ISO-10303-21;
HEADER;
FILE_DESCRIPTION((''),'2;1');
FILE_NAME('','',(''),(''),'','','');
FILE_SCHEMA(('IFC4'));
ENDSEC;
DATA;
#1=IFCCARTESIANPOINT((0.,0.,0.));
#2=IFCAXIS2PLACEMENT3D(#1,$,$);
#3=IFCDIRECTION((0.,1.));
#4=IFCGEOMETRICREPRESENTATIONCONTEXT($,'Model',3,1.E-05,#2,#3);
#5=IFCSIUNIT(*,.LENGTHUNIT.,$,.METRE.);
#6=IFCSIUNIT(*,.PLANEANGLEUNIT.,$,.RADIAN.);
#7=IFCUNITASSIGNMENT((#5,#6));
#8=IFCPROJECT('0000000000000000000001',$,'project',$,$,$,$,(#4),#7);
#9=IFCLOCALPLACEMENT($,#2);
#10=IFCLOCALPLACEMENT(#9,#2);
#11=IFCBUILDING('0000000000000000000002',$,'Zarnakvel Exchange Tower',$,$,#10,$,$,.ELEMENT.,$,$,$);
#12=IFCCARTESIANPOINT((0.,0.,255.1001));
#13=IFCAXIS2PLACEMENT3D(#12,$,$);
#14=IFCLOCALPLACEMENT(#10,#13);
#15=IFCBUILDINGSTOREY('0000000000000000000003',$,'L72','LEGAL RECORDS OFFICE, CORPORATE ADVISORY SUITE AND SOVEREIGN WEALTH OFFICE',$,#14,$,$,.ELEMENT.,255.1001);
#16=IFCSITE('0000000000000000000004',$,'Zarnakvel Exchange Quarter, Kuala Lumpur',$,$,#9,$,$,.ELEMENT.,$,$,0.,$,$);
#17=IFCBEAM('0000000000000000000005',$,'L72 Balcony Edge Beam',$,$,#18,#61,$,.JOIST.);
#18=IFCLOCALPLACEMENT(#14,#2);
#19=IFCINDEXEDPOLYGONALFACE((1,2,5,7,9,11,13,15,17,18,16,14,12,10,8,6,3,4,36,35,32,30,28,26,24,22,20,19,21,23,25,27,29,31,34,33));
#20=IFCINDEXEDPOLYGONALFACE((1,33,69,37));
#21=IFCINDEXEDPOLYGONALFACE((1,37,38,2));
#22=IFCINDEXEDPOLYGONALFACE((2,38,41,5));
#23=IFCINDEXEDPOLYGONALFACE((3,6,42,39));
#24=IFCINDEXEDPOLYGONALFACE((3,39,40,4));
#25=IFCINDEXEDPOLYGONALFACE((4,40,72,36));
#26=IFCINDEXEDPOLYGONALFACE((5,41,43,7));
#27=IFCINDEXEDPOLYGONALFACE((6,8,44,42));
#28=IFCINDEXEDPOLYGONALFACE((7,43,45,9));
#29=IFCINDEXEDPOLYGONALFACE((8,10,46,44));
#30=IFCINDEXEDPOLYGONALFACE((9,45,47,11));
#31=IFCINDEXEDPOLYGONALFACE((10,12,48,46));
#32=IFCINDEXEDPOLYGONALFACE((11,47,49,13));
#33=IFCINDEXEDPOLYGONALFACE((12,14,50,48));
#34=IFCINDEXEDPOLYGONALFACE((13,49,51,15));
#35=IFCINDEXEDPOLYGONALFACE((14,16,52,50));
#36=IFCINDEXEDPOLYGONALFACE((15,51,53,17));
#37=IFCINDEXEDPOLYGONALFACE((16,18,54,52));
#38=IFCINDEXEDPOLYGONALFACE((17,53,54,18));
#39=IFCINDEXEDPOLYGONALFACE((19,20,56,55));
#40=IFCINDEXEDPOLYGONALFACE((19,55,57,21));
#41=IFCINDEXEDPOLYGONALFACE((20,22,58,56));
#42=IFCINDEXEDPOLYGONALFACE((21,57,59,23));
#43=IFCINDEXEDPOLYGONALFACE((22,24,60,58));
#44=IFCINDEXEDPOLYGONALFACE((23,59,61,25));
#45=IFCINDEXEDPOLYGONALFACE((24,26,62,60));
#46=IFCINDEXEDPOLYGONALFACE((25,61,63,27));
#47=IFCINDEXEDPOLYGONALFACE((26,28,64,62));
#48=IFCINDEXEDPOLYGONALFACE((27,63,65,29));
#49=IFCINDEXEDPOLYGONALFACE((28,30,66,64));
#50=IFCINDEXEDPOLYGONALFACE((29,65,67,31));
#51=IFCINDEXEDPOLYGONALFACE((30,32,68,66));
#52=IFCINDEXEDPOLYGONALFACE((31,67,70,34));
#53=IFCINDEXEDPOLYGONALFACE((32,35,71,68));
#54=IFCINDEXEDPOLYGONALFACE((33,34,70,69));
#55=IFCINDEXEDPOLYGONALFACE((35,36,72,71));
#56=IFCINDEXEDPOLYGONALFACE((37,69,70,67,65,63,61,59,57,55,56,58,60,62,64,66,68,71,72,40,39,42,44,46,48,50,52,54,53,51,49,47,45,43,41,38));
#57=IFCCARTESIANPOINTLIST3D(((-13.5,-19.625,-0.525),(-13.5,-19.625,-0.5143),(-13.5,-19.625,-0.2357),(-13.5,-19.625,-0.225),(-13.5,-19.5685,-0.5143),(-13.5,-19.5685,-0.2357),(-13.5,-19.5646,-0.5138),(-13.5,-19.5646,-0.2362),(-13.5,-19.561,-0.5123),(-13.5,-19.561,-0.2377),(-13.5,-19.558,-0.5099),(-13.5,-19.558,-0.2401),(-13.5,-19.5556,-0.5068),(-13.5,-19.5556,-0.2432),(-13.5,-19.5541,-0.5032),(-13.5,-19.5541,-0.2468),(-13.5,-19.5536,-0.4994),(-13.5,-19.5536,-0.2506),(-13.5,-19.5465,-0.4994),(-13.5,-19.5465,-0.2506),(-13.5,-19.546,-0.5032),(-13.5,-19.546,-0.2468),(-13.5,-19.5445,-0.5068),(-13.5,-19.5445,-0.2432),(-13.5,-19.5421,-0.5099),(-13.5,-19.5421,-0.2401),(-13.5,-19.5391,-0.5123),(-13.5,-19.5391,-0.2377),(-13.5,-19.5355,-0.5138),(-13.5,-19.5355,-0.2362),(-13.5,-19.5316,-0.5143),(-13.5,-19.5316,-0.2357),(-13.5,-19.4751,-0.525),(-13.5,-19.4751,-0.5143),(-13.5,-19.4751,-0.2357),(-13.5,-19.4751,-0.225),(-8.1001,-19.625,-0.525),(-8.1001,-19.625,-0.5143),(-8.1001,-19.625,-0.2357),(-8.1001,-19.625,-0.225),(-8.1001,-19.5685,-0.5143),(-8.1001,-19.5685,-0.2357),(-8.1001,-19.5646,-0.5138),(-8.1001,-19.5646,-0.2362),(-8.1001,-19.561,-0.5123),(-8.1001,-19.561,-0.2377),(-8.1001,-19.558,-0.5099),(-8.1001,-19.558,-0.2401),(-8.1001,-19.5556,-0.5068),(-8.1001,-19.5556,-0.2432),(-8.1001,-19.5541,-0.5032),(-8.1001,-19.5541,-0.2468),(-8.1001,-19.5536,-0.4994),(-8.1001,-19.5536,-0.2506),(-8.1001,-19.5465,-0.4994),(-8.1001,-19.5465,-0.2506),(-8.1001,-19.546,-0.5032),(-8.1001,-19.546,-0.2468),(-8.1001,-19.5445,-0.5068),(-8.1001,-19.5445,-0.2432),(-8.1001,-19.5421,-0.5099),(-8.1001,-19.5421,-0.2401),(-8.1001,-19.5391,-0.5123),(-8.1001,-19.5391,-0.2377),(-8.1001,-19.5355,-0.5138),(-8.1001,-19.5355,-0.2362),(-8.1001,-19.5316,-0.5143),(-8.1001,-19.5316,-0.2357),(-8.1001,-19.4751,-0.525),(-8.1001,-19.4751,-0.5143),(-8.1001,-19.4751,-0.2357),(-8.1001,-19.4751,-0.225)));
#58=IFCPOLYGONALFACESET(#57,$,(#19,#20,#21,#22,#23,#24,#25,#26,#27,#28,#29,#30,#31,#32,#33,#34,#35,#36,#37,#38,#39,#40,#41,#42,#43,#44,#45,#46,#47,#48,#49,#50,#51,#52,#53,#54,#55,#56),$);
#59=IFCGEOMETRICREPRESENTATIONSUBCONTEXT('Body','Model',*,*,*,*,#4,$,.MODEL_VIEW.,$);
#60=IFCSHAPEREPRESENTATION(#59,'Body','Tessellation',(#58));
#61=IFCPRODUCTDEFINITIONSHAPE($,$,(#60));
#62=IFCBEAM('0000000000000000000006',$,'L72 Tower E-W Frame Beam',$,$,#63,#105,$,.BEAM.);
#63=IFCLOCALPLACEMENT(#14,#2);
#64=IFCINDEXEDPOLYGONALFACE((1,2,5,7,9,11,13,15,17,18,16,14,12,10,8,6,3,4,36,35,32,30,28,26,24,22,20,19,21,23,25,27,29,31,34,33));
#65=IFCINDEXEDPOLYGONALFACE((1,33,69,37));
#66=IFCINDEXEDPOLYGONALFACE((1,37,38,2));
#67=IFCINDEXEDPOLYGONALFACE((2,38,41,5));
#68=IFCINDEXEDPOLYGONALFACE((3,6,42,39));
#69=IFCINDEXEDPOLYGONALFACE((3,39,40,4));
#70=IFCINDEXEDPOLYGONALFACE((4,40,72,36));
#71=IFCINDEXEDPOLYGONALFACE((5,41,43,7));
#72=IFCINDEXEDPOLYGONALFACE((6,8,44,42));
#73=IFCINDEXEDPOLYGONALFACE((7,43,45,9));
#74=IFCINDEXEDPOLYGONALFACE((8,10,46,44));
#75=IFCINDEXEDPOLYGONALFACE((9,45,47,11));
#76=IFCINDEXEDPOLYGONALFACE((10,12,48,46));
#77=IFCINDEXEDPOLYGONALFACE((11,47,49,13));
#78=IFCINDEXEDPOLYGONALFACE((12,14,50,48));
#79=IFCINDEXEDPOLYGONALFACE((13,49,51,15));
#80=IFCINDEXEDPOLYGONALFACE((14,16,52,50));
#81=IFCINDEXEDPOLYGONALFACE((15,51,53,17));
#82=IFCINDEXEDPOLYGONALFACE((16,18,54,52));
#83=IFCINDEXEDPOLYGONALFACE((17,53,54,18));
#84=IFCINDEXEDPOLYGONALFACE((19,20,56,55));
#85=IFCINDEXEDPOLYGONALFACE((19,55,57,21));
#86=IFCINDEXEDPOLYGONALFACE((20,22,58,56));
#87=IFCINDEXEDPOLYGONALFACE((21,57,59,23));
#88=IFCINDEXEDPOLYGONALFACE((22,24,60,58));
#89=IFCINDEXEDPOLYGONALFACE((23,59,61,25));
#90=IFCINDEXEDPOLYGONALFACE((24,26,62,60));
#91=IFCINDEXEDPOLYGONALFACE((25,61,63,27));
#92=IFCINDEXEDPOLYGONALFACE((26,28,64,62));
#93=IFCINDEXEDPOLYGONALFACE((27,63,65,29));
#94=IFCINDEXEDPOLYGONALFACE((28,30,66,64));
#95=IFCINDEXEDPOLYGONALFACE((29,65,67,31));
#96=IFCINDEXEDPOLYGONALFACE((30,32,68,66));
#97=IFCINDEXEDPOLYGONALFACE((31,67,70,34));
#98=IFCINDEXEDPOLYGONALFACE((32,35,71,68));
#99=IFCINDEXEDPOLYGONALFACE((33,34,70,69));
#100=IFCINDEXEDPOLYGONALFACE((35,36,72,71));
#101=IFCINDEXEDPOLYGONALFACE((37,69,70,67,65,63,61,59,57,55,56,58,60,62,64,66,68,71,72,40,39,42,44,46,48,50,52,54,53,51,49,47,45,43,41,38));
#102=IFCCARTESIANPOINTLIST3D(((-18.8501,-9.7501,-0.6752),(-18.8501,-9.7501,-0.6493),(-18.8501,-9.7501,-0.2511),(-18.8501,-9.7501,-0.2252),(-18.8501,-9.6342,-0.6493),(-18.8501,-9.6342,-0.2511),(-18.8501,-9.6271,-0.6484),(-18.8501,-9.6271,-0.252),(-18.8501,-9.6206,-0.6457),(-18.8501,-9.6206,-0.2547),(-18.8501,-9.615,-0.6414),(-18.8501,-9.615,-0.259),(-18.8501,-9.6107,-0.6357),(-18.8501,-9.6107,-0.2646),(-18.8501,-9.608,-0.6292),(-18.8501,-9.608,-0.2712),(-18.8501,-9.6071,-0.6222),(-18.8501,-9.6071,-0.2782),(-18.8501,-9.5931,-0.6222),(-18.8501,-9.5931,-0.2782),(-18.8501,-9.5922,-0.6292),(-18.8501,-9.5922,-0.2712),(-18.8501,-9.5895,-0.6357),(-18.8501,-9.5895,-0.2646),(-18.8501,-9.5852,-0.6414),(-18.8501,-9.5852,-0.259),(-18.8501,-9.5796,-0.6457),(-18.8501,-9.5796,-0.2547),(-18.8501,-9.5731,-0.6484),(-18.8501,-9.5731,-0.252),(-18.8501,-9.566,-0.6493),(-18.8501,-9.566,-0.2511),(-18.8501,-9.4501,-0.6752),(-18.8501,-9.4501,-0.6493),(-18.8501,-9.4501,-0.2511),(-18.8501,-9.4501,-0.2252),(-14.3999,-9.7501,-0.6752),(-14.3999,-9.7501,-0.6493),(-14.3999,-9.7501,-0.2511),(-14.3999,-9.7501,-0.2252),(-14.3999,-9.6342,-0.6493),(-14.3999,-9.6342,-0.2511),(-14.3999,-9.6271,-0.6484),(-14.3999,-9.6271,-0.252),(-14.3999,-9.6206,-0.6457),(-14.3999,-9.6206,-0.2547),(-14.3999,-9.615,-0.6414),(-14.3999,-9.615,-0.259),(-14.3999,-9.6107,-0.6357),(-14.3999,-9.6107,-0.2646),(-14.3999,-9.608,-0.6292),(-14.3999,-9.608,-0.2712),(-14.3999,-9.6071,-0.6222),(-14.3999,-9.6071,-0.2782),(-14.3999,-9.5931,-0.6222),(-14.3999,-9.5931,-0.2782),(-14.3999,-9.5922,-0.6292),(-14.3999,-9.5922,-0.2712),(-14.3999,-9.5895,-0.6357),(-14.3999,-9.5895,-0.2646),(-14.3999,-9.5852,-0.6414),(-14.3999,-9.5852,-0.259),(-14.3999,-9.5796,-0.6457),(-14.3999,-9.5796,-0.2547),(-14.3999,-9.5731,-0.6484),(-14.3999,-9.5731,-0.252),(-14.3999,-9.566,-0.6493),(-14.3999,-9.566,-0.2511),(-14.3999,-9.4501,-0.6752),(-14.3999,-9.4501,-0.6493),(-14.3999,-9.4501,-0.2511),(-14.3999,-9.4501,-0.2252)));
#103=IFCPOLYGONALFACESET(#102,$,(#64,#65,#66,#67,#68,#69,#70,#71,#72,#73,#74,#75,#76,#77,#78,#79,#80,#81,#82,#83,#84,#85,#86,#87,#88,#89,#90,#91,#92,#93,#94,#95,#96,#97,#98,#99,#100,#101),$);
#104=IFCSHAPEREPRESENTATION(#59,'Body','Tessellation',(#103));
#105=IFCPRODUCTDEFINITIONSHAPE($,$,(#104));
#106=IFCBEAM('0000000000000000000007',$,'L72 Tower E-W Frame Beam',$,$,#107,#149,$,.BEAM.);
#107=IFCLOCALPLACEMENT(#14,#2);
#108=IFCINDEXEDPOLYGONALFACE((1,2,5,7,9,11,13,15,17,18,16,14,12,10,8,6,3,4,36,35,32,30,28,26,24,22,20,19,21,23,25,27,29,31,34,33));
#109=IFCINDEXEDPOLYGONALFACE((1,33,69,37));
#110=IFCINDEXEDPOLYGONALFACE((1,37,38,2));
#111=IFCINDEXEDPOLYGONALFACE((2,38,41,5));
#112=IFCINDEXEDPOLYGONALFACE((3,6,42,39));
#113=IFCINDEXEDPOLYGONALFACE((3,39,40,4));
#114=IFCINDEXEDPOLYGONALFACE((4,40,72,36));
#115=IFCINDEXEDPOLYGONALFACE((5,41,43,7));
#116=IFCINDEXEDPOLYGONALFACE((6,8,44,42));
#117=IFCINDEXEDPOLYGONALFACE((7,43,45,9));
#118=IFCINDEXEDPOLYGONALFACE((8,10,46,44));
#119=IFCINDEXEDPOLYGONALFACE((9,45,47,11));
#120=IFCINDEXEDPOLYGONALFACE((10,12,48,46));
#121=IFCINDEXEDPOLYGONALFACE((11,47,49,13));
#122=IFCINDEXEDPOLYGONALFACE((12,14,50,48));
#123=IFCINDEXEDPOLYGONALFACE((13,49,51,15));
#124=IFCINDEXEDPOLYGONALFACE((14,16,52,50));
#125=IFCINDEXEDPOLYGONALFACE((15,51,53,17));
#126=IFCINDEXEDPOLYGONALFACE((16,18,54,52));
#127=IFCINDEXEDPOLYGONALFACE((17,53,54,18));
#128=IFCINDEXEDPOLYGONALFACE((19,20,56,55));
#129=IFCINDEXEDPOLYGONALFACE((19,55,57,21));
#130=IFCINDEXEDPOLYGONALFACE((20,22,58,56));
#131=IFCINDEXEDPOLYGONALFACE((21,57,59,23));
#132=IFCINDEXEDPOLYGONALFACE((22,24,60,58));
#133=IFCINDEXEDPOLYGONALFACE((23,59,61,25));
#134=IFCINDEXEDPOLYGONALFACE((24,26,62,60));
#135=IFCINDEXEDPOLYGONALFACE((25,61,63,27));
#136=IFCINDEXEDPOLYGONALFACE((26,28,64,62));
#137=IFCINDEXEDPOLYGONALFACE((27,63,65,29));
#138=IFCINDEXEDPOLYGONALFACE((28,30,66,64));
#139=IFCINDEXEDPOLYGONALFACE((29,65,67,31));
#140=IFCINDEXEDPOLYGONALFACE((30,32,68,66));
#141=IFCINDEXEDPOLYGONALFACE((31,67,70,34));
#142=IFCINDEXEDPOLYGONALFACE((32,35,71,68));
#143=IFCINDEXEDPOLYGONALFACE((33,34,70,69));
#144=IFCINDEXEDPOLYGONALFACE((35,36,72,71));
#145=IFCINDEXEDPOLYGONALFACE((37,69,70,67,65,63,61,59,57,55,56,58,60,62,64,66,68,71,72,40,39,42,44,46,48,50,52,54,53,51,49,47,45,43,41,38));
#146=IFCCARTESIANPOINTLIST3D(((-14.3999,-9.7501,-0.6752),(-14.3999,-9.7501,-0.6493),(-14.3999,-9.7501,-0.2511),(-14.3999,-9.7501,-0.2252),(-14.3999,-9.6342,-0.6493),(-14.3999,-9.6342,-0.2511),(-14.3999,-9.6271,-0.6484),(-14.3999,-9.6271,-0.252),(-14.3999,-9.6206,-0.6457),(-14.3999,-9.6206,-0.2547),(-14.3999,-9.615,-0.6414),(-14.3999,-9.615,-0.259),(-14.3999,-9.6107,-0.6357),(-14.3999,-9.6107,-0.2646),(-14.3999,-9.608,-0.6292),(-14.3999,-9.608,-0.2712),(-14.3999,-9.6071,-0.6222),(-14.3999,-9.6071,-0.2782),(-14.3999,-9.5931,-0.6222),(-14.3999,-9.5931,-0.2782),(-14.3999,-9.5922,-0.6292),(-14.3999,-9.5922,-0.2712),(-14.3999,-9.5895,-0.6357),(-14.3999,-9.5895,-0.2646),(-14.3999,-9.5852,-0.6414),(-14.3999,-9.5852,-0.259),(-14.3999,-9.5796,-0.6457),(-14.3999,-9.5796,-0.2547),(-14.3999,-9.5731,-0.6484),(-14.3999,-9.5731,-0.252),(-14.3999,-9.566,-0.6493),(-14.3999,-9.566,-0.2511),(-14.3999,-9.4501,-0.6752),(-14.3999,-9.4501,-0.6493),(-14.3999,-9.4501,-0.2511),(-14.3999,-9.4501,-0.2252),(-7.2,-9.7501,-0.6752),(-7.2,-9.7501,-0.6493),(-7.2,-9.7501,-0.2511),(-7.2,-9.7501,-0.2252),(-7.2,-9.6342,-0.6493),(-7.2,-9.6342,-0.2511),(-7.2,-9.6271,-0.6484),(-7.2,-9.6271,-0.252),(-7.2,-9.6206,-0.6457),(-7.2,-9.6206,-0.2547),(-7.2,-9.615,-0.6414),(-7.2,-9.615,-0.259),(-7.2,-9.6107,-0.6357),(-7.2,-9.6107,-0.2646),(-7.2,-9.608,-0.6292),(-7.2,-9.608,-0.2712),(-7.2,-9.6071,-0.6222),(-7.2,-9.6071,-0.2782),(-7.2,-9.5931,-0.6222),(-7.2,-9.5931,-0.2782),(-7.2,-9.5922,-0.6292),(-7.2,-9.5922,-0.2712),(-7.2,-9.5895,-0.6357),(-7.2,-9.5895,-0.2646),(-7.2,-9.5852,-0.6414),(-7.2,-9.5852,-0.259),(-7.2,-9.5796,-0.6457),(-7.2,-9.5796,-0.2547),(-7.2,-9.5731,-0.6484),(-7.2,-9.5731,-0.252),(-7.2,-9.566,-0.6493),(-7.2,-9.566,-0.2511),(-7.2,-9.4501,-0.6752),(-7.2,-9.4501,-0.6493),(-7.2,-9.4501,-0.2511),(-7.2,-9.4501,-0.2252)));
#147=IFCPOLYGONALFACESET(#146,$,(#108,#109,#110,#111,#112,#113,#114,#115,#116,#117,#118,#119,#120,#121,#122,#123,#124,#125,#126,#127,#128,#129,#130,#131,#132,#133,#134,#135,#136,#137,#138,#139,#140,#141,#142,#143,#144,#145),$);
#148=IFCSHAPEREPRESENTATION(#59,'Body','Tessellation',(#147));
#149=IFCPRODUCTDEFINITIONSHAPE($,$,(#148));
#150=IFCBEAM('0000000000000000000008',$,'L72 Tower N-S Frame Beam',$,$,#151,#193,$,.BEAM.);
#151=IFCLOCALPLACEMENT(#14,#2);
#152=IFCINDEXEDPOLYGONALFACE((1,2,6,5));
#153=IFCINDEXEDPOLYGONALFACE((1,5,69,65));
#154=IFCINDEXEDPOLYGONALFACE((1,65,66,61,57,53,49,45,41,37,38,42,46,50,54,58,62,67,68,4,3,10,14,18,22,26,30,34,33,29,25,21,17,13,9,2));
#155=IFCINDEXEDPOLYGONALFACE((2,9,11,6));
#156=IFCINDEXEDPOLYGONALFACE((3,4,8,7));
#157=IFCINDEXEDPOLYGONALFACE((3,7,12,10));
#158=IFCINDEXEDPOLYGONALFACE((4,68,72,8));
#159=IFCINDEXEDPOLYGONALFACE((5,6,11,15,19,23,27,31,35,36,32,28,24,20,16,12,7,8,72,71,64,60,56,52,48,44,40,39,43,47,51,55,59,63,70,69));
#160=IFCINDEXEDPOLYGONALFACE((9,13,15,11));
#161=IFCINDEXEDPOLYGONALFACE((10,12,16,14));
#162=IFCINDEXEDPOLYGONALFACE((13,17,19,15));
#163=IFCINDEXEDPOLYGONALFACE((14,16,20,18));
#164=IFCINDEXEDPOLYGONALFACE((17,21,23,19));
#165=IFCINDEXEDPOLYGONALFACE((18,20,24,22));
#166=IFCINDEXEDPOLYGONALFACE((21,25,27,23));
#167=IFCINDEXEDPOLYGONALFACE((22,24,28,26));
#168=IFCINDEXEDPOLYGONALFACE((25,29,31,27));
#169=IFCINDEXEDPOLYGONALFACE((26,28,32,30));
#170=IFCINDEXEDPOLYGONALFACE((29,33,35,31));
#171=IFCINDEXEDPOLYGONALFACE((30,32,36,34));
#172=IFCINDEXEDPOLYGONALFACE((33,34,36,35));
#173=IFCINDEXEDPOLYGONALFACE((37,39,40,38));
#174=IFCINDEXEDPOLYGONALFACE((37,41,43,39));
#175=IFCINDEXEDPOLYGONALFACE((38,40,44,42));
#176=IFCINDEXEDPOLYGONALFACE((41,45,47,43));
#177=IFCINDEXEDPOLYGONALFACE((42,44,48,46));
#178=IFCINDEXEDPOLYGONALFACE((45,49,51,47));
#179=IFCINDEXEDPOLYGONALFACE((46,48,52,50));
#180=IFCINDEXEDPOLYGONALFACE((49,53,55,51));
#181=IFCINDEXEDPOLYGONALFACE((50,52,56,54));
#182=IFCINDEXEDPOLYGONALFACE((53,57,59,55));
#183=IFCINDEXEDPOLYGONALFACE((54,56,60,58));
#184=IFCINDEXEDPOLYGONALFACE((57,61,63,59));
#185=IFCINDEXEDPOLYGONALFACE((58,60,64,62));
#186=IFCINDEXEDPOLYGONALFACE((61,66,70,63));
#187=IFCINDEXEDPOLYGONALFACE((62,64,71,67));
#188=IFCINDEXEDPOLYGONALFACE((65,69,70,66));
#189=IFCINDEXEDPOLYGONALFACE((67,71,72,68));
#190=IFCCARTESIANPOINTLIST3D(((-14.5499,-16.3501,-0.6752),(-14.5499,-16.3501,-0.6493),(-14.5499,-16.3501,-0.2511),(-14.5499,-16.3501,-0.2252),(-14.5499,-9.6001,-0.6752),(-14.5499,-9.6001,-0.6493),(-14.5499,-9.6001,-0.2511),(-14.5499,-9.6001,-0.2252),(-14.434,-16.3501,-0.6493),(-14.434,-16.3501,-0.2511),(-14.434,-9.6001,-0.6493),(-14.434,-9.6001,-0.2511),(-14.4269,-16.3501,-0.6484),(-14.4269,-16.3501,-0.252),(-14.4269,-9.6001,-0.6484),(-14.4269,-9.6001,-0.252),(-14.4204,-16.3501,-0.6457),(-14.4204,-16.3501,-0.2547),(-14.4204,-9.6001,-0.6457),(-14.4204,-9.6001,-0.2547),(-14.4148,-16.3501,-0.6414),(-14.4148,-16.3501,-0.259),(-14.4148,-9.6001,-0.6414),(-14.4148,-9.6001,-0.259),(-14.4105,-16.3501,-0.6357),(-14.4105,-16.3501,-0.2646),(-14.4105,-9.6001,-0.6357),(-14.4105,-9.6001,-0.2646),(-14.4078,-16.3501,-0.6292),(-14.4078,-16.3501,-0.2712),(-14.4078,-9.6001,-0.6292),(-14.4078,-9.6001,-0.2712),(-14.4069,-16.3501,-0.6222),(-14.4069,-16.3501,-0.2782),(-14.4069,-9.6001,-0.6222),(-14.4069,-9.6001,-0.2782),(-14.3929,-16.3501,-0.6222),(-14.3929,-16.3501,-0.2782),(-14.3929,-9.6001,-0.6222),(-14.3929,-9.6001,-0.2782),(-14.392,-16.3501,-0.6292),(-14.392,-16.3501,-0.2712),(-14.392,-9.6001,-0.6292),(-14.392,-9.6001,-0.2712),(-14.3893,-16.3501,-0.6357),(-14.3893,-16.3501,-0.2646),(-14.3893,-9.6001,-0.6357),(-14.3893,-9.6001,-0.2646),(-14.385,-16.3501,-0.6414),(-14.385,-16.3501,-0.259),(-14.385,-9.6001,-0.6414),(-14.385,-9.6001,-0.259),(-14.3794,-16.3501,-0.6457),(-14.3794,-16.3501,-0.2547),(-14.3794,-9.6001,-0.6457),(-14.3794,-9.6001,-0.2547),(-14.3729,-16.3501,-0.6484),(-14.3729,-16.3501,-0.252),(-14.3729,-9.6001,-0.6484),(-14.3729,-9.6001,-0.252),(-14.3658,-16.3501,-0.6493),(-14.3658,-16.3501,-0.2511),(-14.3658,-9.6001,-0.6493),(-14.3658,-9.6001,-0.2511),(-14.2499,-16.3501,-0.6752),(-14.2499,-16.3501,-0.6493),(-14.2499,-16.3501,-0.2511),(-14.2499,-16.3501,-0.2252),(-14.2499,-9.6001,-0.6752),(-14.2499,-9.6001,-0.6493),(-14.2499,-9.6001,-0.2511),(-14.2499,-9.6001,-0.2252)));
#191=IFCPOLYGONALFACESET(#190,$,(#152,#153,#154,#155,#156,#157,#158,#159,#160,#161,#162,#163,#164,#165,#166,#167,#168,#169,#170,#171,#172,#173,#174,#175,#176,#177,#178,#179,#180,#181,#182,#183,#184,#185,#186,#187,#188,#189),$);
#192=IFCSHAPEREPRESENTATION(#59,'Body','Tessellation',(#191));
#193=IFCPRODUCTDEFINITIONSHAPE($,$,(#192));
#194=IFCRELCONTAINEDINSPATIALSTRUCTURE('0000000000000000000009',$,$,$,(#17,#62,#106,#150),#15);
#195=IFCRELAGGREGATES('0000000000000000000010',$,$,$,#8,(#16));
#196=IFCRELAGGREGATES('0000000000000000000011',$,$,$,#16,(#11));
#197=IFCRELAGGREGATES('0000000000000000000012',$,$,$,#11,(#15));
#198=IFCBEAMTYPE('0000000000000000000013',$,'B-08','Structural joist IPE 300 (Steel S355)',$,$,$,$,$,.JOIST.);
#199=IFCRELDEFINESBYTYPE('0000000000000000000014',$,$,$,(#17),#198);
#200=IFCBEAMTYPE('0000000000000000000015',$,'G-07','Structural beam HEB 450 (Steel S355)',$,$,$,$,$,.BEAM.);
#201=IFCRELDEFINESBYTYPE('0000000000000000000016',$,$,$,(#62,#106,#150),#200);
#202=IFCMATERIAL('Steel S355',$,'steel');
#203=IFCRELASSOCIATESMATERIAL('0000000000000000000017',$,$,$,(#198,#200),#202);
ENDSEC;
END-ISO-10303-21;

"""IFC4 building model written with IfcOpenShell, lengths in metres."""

from ifc_helpers import new_model, si_unit, direction, frame, origin, origin_2d, place, context, subcontext, project, spatial, i_section, extrude, material, material_profile, profile_set, type_object, element, save


model = new_model("IFC4")

# Units and contexts
model_context = context("Model", 3, precision=1e-05, world=origin(), true_north=direction((0.0, 1.0)))
body_context = subcontext(model_context, "Body", "Model", "MODEL_VIEW")
ifc_project = project(units=[si_unit("LENGTHUNIT", "METRE"), si_unit("PLANEANGLEUNIT", "RADIAN")], contexts=[model_context])

# Site, building, storey
site_placement = place(None, origin())
site = spatial("IfcSite", under=ifc_project, at=site_placement, Name="Zarnakvel Exchange Quarter, Kuala Lumpur", CompositionType="ELEMENT", RefElevation=0.0)
building_placement = place(site_placement, origin())
building = spatial("IfcBuilding", under=site, at=building_placement, Name="Zarnakvel Exchange Tower", CompositionType="ELEMENT")
storey_placement = place(building_placement, frame((0.0, 0.0, 255.1001)))
storey = spatial("IfcBuildingStorey", under=building, at=storey_placement, Name="L72", Description="LEGAL RECORDS OFFICE, CORPORATE ADVISORY SUITE AND SOVEREIGN WEALTH OFFICE", CompositionType="ELEMENT", Elevation=255.1001)

# Shared definitions
ifc_material_1 = material(Name="Steel S355", Category="steel")

# Beams
ifc_material_profile_1 = material_profile(ifc_material_1, i_section(OverallWidth=0.1499, OverallDepth=0.3, WebThickness=0.0071, FlangeThickness=0.0107, FilletRadius=0.0149, at=origin_2d()))
ifc_profile_set_1 = profile_set([ifc_material_profile_1], Name="Steel S355")
beam_type_1 = type_object("IfcBeamType", Name="B-08", Description="Structural joist IPE 300 (Steel S355)", PredefinedType="JOIST", material=ifc_profile_set_1)
beam_1_placement = place(storey_placement, frame((-13.5, -19.55, -0.375), z_axis=(1.0, 0.0, 0.0), x_axis=(0.0, 1.0, 0.0)))
element("IfcBeam", 1, at=beam_1_placement, inside=storey, type_object=beam_type_1, Name="L72 Balcony Edge Beam", PredefinedType="JOIST", context=body_context, shape_type="SweptSolid", body=[
    extrude(i_section(OverallWidth=0.1499, OverallDepth=0.3, WebThickness=0.0071, FlangeThickness=0.0107, FilletRadius=0.0149, at=origin_2d()), origin(), (0.0, 0.0, 1.0), 5.3999),
])
ifc_material_profile_2 = material_profile(ifc_material_1, i_section(OverallWidth=0.3, OverallDepth=0.45, WebThickness=0.0139, FlangeThickness=0.0259, FilletRadius=0.0271, at=origin_2d()))
ifc_profile_set_2 = profile_set([ifc_material_profile_2], Name="Steel S355")
beam_type_2 = type_object("IfcBeamType", Name="G-07", Description="Structural beam HEB 450 (Steel S355)", PredefinedType="BEAM", material=ifc_profile_set_2)
beam_2_placement = place(storey_placement, frame((-18.8501, -9.6001, -0.4502), z_axis=(1.0, 0.0, 0.0), x_axis=(0.0, 1.0, 0.0)))
element("IfcBeam", 2, at=beam_2_placement, inside=storey, type_object=beam_type_2, Name="L72 Tower E-W Frame Beam", PredefinedType="BEAM", context=body_context, shape_type="SweptSolid", body=[
    extrude(i_section(OverallWidth=0.3, OverallDepth=0.45, WebThickness=0.0139, FlangeThickness=0.0259, FilletRadius=0.0271, at=origin_2d()), origin(), (0.0, 0.0, 1.0), 4.4502),
])
beam_3_placement = place(storey_placement, frame((-14.3999, -9.6001, -0.4502), z_axis=(1.0, 0.0, 0.0), x_axis=(0.0, 1.0, 0.0)))
element("IfcBeam", 3, at=beam_3_placement, inside=storey, type_object=beam_type_2, Name="L72 Tower E-W Frame Beam", PredefinedType="BEAM", context=body_context, shape_type="SweptSolid", body=[
    extrude(i_section(OverallWidth=0.3, OverallDepth=0.45, WebThickness=0.0139, FlangeThickness=0.0259, FilletRadius=0.0271, at=origin_2d()), origin(), (0.0, 0.0, 1.0), 7.2),
])
beam_4_placement = place(storey_placement, frame((-14.3999, -16.3501, -0.4502), z_axis=(0.0, 1.0, 0.0), x_axis=(-1.0, 0.0, 0.0)))
element("IfcBeam", 4, at=beam_4_placement, inside=storey, type_object=beam_type_2, Name="L72 Tower N-S Frame Beam", PredefinedType="BEAM", context=body_context, shape_type="SweptSolid", body=[
    extrude(i_section(OverallWidth=0.3, OverallDepth=0.45, WebThickness=0.0139, FlangeThickness=0.0259, FilletRadius=0.0271, at=origin_2d()), origin(), (0.0, 0.0, 1.0), 6.75),
])

save(model, "model.ifc")
